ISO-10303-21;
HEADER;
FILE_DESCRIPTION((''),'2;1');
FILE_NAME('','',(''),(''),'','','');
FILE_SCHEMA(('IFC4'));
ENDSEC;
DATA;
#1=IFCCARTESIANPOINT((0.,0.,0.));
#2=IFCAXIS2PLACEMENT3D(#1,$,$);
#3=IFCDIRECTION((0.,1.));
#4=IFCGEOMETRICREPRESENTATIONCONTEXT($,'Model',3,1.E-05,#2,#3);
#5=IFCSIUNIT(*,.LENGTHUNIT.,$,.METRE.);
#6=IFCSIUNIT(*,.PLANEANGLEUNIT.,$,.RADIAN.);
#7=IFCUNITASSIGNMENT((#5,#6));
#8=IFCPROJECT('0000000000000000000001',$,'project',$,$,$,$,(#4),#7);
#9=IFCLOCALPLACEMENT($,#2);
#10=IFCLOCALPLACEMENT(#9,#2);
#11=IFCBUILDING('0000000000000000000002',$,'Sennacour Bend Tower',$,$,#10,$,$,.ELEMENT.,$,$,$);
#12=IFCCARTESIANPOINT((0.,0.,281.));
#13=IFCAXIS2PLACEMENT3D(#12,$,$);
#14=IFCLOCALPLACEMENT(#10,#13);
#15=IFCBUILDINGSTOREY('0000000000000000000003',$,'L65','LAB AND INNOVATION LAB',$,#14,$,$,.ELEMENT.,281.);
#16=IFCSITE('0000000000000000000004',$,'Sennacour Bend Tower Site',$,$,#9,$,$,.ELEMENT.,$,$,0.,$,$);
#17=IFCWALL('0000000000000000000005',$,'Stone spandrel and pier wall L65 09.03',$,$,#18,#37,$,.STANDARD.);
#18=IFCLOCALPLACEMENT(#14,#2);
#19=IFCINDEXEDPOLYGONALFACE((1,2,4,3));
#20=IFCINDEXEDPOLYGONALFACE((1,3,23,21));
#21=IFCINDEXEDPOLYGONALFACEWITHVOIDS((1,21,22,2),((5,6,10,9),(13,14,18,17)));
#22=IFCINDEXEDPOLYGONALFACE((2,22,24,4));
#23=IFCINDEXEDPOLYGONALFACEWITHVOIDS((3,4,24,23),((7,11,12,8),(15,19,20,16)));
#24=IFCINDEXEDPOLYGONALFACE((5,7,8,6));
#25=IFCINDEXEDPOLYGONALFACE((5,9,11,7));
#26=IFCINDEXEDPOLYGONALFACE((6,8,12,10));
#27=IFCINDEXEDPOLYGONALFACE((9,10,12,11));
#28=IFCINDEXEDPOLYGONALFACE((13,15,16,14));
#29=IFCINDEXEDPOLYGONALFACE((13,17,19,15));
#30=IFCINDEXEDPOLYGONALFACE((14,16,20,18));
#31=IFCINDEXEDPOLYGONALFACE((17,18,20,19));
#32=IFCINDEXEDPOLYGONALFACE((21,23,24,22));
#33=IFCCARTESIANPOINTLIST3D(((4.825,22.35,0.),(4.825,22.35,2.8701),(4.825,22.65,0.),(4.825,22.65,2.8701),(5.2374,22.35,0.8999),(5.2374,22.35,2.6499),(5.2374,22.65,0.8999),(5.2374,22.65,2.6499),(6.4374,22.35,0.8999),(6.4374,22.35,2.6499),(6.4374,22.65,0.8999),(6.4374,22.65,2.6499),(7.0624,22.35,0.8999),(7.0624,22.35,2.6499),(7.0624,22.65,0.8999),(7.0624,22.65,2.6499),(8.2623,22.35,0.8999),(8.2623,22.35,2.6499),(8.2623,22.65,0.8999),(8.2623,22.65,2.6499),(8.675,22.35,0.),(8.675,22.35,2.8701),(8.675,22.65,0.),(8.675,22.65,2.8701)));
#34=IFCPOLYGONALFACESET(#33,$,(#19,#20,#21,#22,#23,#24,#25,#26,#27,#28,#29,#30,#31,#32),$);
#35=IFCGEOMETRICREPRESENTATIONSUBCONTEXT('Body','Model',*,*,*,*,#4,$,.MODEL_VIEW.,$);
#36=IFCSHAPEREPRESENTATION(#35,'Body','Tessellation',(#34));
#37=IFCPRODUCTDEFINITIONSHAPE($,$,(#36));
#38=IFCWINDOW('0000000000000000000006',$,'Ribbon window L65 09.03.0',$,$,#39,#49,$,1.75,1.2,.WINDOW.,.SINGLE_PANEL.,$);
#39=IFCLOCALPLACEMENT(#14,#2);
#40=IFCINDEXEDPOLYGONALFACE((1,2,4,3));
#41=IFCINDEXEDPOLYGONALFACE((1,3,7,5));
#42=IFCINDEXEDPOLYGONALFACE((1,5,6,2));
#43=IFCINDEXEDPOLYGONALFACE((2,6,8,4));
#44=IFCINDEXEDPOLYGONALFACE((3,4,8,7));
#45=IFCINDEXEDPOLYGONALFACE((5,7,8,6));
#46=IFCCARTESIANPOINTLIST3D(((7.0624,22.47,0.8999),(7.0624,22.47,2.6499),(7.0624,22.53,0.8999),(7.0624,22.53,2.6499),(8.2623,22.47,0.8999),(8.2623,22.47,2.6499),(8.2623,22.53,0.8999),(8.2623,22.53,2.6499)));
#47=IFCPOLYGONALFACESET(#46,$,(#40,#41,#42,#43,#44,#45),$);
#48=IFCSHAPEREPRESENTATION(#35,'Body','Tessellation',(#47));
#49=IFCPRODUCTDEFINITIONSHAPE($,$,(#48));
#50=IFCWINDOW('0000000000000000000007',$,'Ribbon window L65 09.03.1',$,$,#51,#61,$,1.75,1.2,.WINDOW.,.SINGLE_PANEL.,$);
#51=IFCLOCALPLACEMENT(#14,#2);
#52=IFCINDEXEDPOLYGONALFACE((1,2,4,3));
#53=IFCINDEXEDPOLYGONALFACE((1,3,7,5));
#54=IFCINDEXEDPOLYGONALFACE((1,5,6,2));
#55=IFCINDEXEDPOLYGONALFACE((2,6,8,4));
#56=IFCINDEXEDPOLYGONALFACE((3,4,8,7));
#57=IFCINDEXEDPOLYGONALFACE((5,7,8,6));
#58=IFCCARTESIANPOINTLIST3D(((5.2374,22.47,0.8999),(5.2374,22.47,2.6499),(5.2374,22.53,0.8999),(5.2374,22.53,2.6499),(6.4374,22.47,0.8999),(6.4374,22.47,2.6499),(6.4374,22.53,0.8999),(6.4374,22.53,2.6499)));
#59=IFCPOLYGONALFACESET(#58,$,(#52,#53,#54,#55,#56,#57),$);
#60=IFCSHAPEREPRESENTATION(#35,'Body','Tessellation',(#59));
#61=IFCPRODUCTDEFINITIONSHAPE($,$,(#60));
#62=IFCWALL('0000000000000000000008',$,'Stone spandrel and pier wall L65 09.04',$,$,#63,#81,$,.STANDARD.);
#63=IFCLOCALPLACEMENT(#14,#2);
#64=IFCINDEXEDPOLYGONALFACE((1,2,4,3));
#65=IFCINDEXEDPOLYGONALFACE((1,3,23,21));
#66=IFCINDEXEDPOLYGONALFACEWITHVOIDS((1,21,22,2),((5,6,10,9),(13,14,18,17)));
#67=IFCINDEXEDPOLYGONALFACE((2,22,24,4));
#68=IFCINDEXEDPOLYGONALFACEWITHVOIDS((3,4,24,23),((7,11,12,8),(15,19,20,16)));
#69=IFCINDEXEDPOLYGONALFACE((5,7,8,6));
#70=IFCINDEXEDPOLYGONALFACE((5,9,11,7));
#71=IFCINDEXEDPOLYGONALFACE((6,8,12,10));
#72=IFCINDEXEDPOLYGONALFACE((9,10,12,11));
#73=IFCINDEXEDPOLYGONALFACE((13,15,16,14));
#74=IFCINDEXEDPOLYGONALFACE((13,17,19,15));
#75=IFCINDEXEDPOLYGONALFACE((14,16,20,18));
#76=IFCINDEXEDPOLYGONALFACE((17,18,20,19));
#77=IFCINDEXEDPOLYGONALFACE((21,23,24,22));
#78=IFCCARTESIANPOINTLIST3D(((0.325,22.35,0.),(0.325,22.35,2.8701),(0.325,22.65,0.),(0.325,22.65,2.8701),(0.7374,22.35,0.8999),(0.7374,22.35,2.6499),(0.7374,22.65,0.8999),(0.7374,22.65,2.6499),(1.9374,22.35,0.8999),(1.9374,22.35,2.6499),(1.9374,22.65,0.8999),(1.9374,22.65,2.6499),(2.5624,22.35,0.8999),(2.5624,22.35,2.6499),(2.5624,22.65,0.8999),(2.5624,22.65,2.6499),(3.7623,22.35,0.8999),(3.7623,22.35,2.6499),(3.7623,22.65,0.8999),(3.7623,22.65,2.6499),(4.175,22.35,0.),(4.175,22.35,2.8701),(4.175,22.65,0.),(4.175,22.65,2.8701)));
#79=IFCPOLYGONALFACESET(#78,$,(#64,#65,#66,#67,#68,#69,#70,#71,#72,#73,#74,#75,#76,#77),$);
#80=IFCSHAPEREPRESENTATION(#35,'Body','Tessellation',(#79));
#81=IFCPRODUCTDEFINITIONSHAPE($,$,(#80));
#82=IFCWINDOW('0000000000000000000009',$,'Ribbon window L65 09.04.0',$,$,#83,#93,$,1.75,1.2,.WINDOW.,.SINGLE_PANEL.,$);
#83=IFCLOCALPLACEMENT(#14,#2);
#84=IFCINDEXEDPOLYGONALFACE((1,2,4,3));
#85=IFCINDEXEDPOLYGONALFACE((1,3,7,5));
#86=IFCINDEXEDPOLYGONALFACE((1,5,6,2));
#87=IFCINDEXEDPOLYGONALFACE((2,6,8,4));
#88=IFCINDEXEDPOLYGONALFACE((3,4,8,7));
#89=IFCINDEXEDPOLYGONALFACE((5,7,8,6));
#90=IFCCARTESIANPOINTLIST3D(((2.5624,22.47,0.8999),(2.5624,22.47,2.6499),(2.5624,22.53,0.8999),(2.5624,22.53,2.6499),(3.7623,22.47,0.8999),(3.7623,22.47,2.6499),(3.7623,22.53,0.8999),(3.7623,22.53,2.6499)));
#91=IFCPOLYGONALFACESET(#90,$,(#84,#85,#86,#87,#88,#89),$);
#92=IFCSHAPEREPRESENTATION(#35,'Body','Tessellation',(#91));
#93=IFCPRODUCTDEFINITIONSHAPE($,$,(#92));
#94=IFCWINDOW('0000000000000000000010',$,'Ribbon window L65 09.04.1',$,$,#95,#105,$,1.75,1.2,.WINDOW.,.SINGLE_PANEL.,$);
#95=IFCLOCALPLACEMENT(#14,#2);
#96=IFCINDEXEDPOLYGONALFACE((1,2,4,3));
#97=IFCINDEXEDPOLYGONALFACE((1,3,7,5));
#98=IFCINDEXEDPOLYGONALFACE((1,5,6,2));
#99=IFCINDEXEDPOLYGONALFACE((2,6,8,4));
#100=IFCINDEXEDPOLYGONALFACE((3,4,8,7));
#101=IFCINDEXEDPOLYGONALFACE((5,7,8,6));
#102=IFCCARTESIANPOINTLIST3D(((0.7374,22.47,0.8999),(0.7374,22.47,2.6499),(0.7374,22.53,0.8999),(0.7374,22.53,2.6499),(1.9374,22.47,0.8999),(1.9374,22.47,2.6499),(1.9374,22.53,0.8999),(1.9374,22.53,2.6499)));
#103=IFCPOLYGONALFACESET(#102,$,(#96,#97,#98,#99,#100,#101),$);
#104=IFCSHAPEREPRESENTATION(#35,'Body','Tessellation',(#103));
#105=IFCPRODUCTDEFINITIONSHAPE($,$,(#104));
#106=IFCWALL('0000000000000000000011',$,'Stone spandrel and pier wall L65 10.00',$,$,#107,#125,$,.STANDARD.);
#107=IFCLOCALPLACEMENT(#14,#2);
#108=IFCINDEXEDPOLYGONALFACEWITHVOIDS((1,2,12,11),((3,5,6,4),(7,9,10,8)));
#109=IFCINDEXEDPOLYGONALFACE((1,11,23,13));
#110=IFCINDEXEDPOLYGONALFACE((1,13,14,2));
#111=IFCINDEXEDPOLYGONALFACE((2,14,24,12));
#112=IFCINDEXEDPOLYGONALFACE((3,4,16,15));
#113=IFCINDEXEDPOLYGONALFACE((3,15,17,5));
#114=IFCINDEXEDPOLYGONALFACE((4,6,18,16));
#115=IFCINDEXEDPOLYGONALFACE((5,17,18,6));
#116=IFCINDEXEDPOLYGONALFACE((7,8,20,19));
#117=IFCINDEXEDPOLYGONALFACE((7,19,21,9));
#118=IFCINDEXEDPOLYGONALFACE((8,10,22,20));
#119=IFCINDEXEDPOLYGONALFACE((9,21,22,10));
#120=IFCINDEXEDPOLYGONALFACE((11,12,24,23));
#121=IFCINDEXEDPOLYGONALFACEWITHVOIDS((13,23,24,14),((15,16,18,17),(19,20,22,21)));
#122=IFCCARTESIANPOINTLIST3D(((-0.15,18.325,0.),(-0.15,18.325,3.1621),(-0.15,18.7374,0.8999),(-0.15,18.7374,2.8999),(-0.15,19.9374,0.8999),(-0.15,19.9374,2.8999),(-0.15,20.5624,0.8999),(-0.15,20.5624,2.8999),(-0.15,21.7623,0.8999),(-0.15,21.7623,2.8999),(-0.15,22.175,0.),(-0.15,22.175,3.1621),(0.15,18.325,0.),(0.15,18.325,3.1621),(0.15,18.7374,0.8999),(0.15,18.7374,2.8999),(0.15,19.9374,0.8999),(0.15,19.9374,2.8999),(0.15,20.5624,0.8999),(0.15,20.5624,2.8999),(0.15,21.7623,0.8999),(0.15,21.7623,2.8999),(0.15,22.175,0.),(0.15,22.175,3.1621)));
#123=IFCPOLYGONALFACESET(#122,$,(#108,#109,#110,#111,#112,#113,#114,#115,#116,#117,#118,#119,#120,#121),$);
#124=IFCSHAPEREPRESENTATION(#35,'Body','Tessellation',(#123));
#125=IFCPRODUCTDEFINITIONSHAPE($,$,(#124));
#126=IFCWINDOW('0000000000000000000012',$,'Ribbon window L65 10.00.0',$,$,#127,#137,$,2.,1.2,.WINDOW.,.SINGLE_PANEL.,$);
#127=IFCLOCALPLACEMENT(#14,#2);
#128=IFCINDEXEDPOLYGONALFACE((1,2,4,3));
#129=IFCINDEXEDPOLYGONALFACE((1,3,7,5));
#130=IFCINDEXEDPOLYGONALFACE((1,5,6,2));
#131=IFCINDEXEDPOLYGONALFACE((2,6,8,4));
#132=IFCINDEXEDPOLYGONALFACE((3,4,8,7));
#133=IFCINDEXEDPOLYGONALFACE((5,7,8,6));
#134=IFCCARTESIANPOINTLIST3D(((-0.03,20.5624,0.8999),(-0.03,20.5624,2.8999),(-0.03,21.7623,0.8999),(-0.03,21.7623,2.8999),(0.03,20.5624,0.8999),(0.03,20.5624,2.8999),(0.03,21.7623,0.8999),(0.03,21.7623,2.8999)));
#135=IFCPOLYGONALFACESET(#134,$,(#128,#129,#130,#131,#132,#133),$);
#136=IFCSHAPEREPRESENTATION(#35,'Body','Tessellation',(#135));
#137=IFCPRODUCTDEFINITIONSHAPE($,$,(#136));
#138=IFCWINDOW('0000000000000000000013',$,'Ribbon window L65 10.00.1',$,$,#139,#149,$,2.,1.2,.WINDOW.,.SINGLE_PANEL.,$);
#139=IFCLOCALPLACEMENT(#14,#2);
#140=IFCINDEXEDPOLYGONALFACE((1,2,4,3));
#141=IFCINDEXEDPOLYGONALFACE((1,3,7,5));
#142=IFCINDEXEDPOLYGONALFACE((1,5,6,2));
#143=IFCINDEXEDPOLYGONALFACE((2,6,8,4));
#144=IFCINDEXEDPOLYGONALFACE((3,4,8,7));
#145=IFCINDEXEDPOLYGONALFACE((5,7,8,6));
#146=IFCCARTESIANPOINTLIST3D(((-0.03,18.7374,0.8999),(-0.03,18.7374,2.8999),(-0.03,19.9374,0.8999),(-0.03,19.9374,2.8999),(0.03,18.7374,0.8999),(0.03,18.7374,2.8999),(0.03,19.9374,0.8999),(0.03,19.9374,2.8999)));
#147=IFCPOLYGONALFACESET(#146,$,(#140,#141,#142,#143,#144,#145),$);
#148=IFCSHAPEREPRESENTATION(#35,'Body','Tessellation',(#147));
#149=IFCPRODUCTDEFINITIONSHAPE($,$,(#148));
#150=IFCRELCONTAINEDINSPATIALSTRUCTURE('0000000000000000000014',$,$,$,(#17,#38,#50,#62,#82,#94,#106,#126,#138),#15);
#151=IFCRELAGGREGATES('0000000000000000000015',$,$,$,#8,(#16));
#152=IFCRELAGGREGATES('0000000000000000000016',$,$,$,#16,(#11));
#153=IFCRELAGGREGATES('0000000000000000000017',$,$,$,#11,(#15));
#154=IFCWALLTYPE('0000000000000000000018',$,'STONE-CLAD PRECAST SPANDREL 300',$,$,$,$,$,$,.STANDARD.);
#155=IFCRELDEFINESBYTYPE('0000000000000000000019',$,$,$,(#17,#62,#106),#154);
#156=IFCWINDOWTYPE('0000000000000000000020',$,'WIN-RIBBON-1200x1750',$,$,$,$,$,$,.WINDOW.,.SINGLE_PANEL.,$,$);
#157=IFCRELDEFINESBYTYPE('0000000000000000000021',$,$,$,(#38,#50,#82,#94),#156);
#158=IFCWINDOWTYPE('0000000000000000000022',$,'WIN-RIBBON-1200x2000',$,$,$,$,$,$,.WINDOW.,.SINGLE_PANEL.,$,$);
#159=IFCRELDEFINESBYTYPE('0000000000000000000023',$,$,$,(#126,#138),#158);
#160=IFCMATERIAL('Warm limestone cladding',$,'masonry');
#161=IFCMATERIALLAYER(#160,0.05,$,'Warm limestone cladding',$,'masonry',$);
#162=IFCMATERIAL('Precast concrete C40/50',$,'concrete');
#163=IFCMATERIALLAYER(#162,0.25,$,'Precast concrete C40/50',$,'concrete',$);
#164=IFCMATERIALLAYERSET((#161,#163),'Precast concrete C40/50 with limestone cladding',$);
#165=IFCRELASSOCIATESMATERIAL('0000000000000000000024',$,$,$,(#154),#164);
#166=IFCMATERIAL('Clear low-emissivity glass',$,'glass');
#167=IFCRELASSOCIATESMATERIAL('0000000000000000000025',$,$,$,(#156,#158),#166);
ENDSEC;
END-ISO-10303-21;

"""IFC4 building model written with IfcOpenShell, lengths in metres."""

from ifc_helpers import new_model, si_unit, direction, frame, frame_2d, origin, place, context, subcontext, project, spatial, rectangle, extrude, material, layer, layer_set, type_object, element, fill, save


model = new_model("IFC4")

# Units and contexts
model_context = context("Model", 3, precision=1e-05, world=origin(), true_north=direction((0.0, 1.0)))
body_context = subcontext(model_context, "Body", "Model", "MODEL_VIEW")
ifc_project = project(units=[si_unit("LENGTHUNIT", "METRE"), si_unit("PLANEANGLEUNIT", "RADIAN")], contexts=[model_context])

# Site, building, storey
site_placement = place(None, origin())
site = spatial("IfcSite", under=ifc_project, at=site_placement, Name="Sennacour Bend Tower Site", CompositionType="ELEMENT", RefElevation=0.0)
building_placement = place(site_placement, origin())
building = spatial("IfcBuilding", under=site, at=building_placement, Name="Sennacour Bend Tower", CompositionType="ELEMENT")
storey_placement = place(building_placement, frame((0.0, 0.0, 281.0)))
storey = spatial("IfcBuildingStorey", under=building, at=storey_placement, Name="L65", Description="LAB AND INNOVATION LAB", CompositionType="ELEMENT", Elevation=281.0)

# Walls, openings, windows
ifc_material_1 = material(Name="Warm limestone cladding", Category="masonry")
ifc_layer_1 = layer(ifc_material_1, 0.05, Name="Warm limestone cladding", Category="masonry")
ifc_material_2 = material(Name="Precast concrete C40/50", Category="concrete")
ifc_layer_2 = layer(ifc_material_2, 0.25, Name="Precast concrete C40/50", Category="concrete")
ifc_layer_set_1 = layer_set([ifc_layer_1, ifc_layer_2], Name="Precast concrete C40/50 with limestone cladding")
wall_type_1 = type_object("IfcWallType", Name="STONE-CLAD PRECAST SPANDREL 300", PredefinedType="STANDARD", material=ifc_layer_set_1)
wall_1_placement = place(storey_placement, frame((8.675, 22.5, 0.0), z_axis=(0.0, 0.0, 1.0), x_axis=(-1.0, 0.0, 0.0)))
wall_1 = element("IfcWall", 1, at=wall_1_placement, inside=storey, type_object=wall_type_1, Name="Stone spandrel and pier wall L65 09.03", PredefinedType="STANDARD", context=body_context, shape_type="SweptSolid", body=[
    extrude(rectangle(XDim=3.8501, YDim=0.3, at=frame_2d((1.925, 0.0))), origin(), (0.0, 0.0, 1.0), 2.8701),
])
opening_1_placement = place(wall_1_placement, frame((0.4126, 0.0, 0.8999)))
opening_1 = element("IfcOpeningElement", 2, at=opening_1_placement, cuts=wall_1, PredefinedType="OPENING", context=body_context, shape_type="SweptSolid", body=[
    extrude(rectangle(XDim=1.2, YDim=1.75, at=frame_2d((0.6001, 0.875))), frame((0.0, 0.1602, 0.0), z_axis=(0.0, -1.0, 0.0), x_axis=(1.0, 0.0, 0.0)), (0.0, 0.0, 1.0), 0.3201),
])
opening_2_placement = place(wall_1_placement, frame((2.2375, 0.0, 0.8999)))
opening_2 = element("IfcOpeningElement", 3, at=opening_2_placement, cuts=wall_1, PredefinedType="OPENING", context=body_context, shape_type="SweptSolid", body=[
    extrude(rectangle(XDim=1.2, YDim=1.75, at=frame_2d((0.6001, 0.875))), frame((0.0, 0.1602, 0.0), z_axis=(0.0, -1.0, 0.0), x_axis=(1.0, 0.0, 0.0)), (0.0, 0.0, 1.0), 0.3201),
])
ifc_material_3 = material(Name="Clear low-emissivity glass", Category="glass")
window_type_1 = type_object("IfcWindowType", Name="WIN-RIBBON-1200x1750", PartitioningType="SINGLE_PANEL", PredefinedType="WINDOW", material=ifc_material_3)
window_1_placement = place(opening_1_placement, origin())
window_1 = element("IfcWindow", 4, at=window_1_placement, inside=storey, type_object=window_type_1, Name="Ribbon window L65 09.03.0", OverallHeight=1.75, OverallWidth=1.2, PartitioningType="SINGLE_PANEL", PredefinedType="WINDOW", context=body_context, shape_type="SweptSolid", body=[
    extrude(rectangle(XDim=1.2, YDim=1.75, at=frame_2d((0.6001, 0.875))), frame((0.0, 0.03, 0.0), z_axis=(0.0, -1.0, 0.0), x_axis=(1.0, 0.0, 0.0)), (0.0, 0.0, 1.0), 0.0601),
])
fill(opening_1, window_1)
window_2_placement = place(opening_2_placement, origin())
window_2 = element("IfcWindow", 5, at=window_2_placement, inside=storey, type_object=window_type_1, Name="Ribbon window L65 09.03.1", OverallHeight=1.75, OverallWidth=1.2, PartitioningType="SINGLE_PANEL", PredefinedType="WINDOW", context=body_context, shape_type="SweptSolid", body=[
    extrude(rectangle(XDim=1.2, YDim=1.75, at=frame_2d((0.6001, 0.875))), frame((0.0, 0.03, 0.0), z_axis=(0.0, -1.0, 0.0), x_axis=(1.0, 0.0, 0.0)), (0.0, 0.0, 1.0), 0.0601),
])
fill(opening_2, window_2)
wall_2_placement = place(storey_placement, frame((4.175, 22.5, 0.0), z_axis=(0.0, 0.0, 1.0), x_axis=(-1.0, 0.0, 0.0)))
wall_2 = element("IfcWall", 6, at=wall_2_placement, inside=storey, type_object=wall_type_1, Name="Stone spandrel and pier wall L65 09.04", PredefinedType="STANDARD", context=body_context, shape_type="SweptSolid", body=[
    extrude(rectangle(XDim=3.8501, YDim=0.3, at=frame_2d((1.925, 0.0))), origin(), (0.0, 0.0, 1.0), 2.8701),
])
opening_3_placement = place(wall_2_placement, frame((0.4126, 0.0, 0.8999)))
opening_3 = element("IfcOpeningElement", 7, at=opening_3_placement, cuts=wall_2, PredefinedType="OPENING", context=body_context, shape_type="SweptSolid", body=[
    extrude(rectangle(XDim=1.2, YDim=1.75, at=frame_2d((0.6001, 0.875))), frame((0.0, 0.1602, 0.0), z_axis=(0.0, -1.0, 0.0), x_axis=(1.0, 0.0, 0.0)), (0.0, 0.0, 1.0), 0.3201),
])
opening_4_placement = place(wall_2_placement, frame((2.2375, 0.0, 0.8999)))
opening_4 = element("IfcOpeningElement", 8, at=opening_4_placement, cuts=wall_2, PredefinedType="OPENING", context=body_context, shape_type="SweptSolid", body=[
    extrude(rectangle(XDim=1.2, YDim=1.75, at=frame_2d((0.6001, 0.875))), frame((0.0, 0.1602, 0.0), z_axis=(0.0, -1.0, 0.0), x_axis=(1.0, 0.0, 0.0)), (0.0, 0.0, 1.0), 0.3201),
])
window_3_placement = place(opening_3_placement, origin())
window_3 = element("IfcWindow", 9, at=window_3_placement, inside=storey, type_object=window_type_1, Name="Ribbon window L65 09.04.0", OverallHeight=1.75, OverallWidth=1.2, PartitioningType="SINGLE_PANEL", PredefinedType="WINDOW", context=body_context, shape_type="SweptSolid", body=[
    extrude(rectangle(XDim=1.2, YDim=1.75, at=frame_2d((0.6001, 0.875))), frame((0.0, 0.03, 0.0), z_axis=(0.0, -1.0, 0.0), x_axis=(1.0, 0.0, 0.0)), (0.0, 0.0, 1.0), 0.0601),
])
fill(opening_3, window_3)
window_4_placement = place(opening_4_placement, origin())
window_4 = element("IfcWindow", 10, at=window_4_placement, inside=storey, type_object=window_type_1, Name="Ribbon window L65 09.04.1", OverallHeight=1.75, OverallWidth=1.2, PartitioningType="SINGLE_PANEL", PredefinedType="WINDOW", context=body_context, shape_type="SweptSolid", body=[
    extrude(rectangle(XDim=1.2, YDim=1.75, at=frame_2d((0.6001, 0.875))), frame((0.0, 0.03, 0.0), z_axis=(0.0, -1.0, 0.0), x_axis=(1.0, 0.0, 0.0)), (0.0, 0.0, 1.0), 0.0601),
])
fill(opening_4, window_4)
wall_3_placement = place(storey_placement, frame((0.0, 22.175, 0.0), z_axis=(0.0, 0.0, 1.0), x_axis=(0.0, -1.0, 0.0)))
wall_3 = element("IfcWall", 11, at=wall_3_placement, inside=storey, type_object=wall_type_1, Name="Stone spandrel and pier wall L65 10.00", PredefinedType="STANDARD", context=body_context, shape_type="SweptSolid", body=[
    extrude(rectangle(XDim=3.8501, YDim=0.3, at=frame_2d((1.925, 0.0))), origin(), (0.0, 0.0, 1.0), 3.1621),
])
opening_5_placement = place(wall_3_placement, frame((0.4126, 0.0, 0.8999)))
opening_5 = element("IfcOpeningElement", 12, at=opening_5_placement, cuts=wall_3, PredefinedType="OPENING", context=body_context, shape_type="SweptSolid", body=[
    extrude(rectangle(XDim=1.2, YDim=2.0, at=frame_2d((0.6001, 1.0))), frame((0.0, 0.1602, 0.0), z_axis=(0.0, -1.0, 0.0), x_axis=(1.0, 0.0, 0.0)), (0.0, 0.0, 1.0), 0.3201),
])
opening_6_placement = place(wall_3_placement, frame((2.2375, 0.0, 0.8999)))
opening_6 = element("IfcOpeningElement", 13, at=opening_6_placement, cuts=wall_3, PredefinedType="OPENING", context=body_context, shape_type="SweptSolid", body=[
    extrude(rectangle(XDim=1.2, YDim=2.0, at=frame_2d((0.6001, 1.0))), frame((0.0, 0.1602, 0.0), z_axis=(0.0, -1.0, 0.0), x_axis=(1.0, 0.0, 0.0)), (0.0, 0.0, 1.0), 0.3201),
])
window_type_2 = type_object("IfcWindowType", Name="WIN-RIBBON-1200x2000", PartitioningType="SINGLE_PANEL", PredefinedType="WINDOW", material=ifc_material_3)
window_5_placement = place(opening_5_placement, origin())
window_5 = element("IfcWindow", 14, at=window_5_placement, inside=storey, type_object=window_type_2, Name="Ribbon window L65 10.00.0", OverallHeight=2.0, OverallWidth=1.2, PartitioningType="SINGLE_PANEL", PredefinedType="WINDOW", context=body_context, shape_type="SweptSolid", body=[
    extrude(rectangle(XDim=1.2, YDim=2.0, at=frame_2d((0.6001, 1.0))), frame((0.0, 0.03, 0.0), z_axis=(0.0, -1.0, 0.0), x_axis=(1.0, 0.0, 0.0)), (0.0, 0.0, 1.0), 0.0601),
])
fill(opening_5, window_5)
window_6_placement = place(opening_6_placement, origin())
window_6 = element("IfcWindow", 15, at=window_6_placement, inside=storey, type_object=window_type_2, Name="Ribbon window L65 10.00.1", OverallHeight=2.0, OverallWidth=1.2, PartitioningType="SINGLE_PANEL", PredefinedType="WINDOW", context=body_context, shape_type="SweptSolid", body=[
    extrude(rectangle(XDim=1.2, YDim=2.0, at=frame_2d((0.6001, 1.0))), frame((0.0, 0.03, 0.0), z_axis=(0.0, -1.0, 0.0), x_axis=(1.0, 0.0, 0.0)), (0.0, 0.0, 1.0), 0.0601),
])
fill(opening_6, window_6)

save(model, "model.ifc")
